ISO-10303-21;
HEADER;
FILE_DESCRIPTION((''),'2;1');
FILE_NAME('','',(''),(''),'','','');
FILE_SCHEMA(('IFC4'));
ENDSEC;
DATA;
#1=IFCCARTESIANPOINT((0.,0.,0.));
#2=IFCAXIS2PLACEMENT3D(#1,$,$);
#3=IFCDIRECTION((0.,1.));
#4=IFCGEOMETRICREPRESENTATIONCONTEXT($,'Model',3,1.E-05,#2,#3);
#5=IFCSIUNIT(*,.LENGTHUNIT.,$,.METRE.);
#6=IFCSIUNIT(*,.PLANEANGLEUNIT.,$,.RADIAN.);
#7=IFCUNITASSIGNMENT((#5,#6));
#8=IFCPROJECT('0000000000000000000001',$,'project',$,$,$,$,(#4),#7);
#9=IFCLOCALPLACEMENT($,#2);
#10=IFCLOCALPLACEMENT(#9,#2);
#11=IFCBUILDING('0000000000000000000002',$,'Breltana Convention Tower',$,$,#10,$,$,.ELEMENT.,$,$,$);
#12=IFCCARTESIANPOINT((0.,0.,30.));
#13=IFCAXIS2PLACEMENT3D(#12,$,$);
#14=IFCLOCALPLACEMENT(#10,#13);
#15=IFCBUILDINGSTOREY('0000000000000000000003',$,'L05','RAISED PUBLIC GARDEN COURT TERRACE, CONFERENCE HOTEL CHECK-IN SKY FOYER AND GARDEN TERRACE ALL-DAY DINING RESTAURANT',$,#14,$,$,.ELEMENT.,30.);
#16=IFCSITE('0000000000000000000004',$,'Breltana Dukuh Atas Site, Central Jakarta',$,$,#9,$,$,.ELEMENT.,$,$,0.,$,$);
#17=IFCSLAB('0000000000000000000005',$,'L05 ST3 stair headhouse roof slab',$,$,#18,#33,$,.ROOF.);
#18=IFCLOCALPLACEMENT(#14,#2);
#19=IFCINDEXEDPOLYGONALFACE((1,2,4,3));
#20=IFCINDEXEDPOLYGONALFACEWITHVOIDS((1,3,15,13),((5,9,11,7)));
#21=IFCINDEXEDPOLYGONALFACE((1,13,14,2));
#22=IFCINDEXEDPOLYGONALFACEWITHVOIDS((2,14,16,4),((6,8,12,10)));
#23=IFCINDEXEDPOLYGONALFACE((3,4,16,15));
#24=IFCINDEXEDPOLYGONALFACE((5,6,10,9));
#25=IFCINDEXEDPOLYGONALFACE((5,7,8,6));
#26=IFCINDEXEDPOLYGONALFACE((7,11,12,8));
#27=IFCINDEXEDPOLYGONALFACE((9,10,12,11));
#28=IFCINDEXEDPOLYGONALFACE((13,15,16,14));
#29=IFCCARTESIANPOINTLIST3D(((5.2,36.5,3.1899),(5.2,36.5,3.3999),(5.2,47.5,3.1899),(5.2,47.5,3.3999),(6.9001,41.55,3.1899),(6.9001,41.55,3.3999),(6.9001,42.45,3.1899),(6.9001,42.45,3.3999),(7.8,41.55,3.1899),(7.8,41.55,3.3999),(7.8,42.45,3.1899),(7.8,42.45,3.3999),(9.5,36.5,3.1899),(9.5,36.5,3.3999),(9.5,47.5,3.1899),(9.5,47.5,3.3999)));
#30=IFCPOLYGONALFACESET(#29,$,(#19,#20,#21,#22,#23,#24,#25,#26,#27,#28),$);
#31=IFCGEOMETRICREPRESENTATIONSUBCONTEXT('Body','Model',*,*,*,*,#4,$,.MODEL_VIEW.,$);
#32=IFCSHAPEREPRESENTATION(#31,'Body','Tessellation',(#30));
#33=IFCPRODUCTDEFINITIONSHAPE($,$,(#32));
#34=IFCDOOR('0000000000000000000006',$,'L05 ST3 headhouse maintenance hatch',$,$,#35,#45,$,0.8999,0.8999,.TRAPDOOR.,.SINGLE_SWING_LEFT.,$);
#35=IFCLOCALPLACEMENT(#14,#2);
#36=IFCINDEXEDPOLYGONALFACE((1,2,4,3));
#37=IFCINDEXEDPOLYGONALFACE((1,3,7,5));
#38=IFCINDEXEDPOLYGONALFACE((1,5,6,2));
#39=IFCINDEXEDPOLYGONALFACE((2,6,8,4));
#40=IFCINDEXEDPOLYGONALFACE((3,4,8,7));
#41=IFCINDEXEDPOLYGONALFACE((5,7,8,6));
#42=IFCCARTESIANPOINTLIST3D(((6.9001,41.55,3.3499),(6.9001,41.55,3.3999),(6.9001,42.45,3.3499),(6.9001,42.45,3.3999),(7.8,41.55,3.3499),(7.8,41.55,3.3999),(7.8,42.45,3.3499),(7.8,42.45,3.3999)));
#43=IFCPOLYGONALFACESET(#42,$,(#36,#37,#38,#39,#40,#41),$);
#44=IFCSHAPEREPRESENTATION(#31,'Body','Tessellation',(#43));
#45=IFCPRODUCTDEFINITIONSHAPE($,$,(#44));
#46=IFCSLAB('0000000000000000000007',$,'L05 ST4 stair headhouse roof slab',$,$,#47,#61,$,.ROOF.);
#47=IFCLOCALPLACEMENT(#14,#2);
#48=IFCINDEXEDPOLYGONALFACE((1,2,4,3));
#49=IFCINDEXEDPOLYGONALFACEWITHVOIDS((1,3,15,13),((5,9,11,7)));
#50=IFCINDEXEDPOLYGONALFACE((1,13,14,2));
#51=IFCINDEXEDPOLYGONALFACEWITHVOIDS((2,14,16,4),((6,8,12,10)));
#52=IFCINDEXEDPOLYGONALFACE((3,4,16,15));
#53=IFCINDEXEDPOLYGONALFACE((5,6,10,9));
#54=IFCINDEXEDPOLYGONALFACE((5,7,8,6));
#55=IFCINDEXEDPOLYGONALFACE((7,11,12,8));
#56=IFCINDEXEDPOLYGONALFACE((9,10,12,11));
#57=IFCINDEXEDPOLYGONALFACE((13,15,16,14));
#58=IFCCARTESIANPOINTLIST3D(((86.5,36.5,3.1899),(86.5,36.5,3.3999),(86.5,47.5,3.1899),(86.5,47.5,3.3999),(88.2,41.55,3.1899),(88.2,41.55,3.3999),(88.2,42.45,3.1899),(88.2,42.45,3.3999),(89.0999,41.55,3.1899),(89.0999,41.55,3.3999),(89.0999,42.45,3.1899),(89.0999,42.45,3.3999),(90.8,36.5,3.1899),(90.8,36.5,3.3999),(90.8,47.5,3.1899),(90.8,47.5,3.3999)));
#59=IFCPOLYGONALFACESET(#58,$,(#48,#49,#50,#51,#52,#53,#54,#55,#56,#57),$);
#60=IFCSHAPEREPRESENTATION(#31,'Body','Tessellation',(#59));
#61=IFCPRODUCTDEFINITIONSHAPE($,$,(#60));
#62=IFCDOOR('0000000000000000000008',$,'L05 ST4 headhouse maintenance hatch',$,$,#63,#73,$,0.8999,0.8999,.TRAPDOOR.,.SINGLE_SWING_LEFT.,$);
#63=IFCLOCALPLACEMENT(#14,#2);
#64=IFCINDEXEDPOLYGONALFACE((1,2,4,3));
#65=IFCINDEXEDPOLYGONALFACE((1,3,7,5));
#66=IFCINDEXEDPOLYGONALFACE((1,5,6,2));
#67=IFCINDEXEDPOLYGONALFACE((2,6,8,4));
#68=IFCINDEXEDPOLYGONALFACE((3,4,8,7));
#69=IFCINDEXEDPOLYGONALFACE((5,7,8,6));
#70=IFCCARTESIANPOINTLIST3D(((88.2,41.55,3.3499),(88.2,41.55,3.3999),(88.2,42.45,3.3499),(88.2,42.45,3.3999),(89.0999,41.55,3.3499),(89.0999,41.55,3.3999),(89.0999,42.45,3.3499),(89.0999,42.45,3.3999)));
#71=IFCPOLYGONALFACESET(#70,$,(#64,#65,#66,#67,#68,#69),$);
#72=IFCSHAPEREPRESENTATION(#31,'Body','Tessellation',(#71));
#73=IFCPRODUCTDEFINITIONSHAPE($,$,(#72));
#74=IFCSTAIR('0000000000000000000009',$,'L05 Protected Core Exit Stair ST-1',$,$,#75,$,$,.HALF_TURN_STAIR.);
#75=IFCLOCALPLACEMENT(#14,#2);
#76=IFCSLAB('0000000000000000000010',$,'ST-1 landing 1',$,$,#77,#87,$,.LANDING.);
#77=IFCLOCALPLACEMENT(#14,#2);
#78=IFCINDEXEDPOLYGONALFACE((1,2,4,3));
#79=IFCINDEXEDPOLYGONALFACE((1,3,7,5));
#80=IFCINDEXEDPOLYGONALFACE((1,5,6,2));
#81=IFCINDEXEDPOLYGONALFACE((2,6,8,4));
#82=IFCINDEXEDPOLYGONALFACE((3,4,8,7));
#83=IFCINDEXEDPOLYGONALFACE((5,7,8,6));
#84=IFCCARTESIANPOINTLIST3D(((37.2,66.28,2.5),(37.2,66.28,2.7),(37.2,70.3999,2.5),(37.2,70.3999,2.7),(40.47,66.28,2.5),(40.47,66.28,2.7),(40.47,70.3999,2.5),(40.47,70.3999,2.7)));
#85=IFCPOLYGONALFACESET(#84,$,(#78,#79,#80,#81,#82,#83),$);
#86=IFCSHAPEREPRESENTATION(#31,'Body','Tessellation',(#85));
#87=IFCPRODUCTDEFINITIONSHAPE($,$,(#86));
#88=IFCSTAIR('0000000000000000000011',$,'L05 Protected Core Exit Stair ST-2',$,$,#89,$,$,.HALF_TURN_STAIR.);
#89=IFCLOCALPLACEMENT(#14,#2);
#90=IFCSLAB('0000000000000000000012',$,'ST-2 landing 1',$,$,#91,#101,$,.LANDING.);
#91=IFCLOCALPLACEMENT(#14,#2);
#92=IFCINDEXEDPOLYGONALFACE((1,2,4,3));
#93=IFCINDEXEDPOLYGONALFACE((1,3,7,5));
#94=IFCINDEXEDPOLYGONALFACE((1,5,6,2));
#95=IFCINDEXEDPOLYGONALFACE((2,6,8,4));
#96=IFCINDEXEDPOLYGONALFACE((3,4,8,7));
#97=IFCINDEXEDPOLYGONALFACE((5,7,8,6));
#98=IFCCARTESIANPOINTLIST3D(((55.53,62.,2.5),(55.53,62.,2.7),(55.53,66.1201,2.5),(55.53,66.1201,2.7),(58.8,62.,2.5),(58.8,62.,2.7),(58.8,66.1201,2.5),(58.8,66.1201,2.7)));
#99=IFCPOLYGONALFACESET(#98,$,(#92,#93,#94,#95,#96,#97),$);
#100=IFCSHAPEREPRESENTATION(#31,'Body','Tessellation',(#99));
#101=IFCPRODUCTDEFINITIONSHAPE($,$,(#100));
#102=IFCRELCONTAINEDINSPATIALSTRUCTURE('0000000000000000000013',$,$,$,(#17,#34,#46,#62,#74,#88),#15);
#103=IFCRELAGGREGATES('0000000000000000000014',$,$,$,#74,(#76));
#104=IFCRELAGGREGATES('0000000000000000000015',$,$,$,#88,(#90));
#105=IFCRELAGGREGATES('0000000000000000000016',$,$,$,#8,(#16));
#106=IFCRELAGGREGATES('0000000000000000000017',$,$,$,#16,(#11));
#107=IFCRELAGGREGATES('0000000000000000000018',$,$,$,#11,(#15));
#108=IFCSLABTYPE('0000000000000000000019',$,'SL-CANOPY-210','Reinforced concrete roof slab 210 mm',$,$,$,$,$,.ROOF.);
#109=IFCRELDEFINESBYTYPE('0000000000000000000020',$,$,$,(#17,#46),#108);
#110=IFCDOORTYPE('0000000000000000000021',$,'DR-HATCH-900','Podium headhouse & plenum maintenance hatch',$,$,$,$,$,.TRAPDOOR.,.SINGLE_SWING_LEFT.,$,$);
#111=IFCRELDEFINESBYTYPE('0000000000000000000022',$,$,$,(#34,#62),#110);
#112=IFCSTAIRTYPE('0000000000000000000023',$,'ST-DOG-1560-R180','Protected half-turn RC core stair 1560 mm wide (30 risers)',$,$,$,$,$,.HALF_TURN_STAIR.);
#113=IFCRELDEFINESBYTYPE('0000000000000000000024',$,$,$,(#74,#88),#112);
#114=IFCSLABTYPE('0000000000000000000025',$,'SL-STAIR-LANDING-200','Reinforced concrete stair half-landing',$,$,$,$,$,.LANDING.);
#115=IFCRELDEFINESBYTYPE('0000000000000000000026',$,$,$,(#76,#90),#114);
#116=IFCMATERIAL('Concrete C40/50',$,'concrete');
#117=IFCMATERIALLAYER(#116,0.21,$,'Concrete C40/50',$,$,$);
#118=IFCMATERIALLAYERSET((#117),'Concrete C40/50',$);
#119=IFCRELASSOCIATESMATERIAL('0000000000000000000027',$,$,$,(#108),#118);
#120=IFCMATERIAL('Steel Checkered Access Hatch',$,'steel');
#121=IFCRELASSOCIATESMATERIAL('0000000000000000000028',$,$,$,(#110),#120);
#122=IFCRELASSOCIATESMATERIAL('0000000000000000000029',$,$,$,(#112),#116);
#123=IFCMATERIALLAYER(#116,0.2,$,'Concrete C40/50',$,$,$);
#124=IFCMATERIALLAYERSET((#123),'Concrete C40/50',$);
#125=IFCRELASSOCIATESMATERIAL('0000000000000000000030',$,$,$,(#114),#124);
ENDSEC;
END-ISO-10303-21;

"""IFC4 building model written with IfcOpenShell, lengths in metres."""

from ifc_helpers import new_model, si_unit, direction, frame, origin, origin_2d, place, context, subcontext, project, spatial, polyline, rectangle, outline, extrude, material, layer, layer_set, type_object, element, fill, aggregate, save


model = new_model("IFC4")

# Units and contexts
model_context = context("Model", 3, precision=1e-05, world=origin(), true_north=direction((0.0, 1.0)))
body_context = subcontext(model_context, "Body", "Model", "MODEL_VIEW")
ifc_project = project(units=[si_unit("LENGTHUNIT", "METRE"), si_unit("PLANEANGLEUNIT", "RADIAN")], contexts=[model_context])

# Site, building, storey
site_placement = place(None, origin())
site = spatial("IfcSite", under=ifc_project, at=site_placement, Name="Breltana Dukuh Atas Site, Central Jakarta", CompositionType="ELEMENT", RefElevation=0.0)
building_placement = place(site_placement, origin())
building = spatial("IfcBuilding", under=site, at=building_placement, Name="Breltana Convention Tower", CompositionType="ELEMENT")
storey_placement = place(building_placement, frame((0.0, 0.0, 30.0)))
storey = spatial("IfcBuildingStorey", under=building, at=storey_placement, Name="L05", Description="RAISED PUBLIC GARDEN COURT TERRACE, CONFERENCE HOTEL CHECK-IN SKY FOYER AND GARDEN TERRACE ALL-DAY DINING RESTAURANT", CompositionType="ELEMENT", Elevation=30.0)

# Slabs, openings, doors
ifc_material_1 = material(Name="Concrete C40/50", Category="concrete")
ifc_layer_1 = layer(ifc_material_1, 0.21, Name="Concrete C40/50")
ifc_layer_set_1 = layer_set([ifc_layer_1], Name="Concrete C40/50")
slab_type_1 = type_object("IfcSlabType", Name="SL-CANOPY-210", Description="Reinforced concrete roof slab 210 mm", PredefinedType="ROOF", material=ifc_layer_set_1)
slab_1_placement = place(storey_placement, frame((0.0, 0.0, 3.1899)))
slab_1 = element("IfcSlab", 1, at=slab_1_placement, inside=storey, type_object=slab_type_1, Name="L05 ST3 stair headhouse roof slab", PredefinedType="ROOF", context=body_context, shape_type="SweptSolid", body=[
    extrude(outline(polyline([(5.2, 36.5), (9.5, 36.5), (9.5, 47.5), (5.2, 47.5), (5.2, 36.5)])), origin(), (0.0, 0.0, 1.0), 0.21),
])
opening_1_placement = place(slab_1_placement, frame((7.3501, 42.0, -0.01)))
opening_1 = element("IfcOpeningElement", 2, at=opening_1_placement, cuts=slab_1, PredefinedType="OPENING", context=body_context, shape_type="SweptSolid", body=[
    extrude(rectangle(XDim=0.8999, YDim=0.8999, at=origin_2d()), origin(), (0.0, 0.0, 1.0), 0.23),
])
ifc_material_2 = material(Name="Steel Checkered Access Hatch", Category="steel")
door_type_1 = type_object("IfcDoorType", Name="DR-HATCH-900", Description="Podium headhouse & plenum maintenance hatch", OperationType="SINGLE_SWING_LEFT", PredefinedType="TRAPDOOR", material=ifc_material_2)
door_1_placement = place(slab_1_placement, frame((7.3501, 42.0, 0.1599)))
door_1 = element("IfcDoor", 3, at=door_1_placement, inside=storey, type_object=door_type_1, Name="L05 ST3 headhouse maintenance hatch", OperationType="SINGLE_SWING_LEFT", OverallHeight=0.8999, OverallWidth=0.8999, PredefinedType="TRAPDOOR", context=body_context, shape_type="SweptSolid", body=[
    extrude(rectangle(XDim=0.8999, YDim=0.8999, at=origin_2d()), origin(), (0.0, 0.0, 1.0), 0.05),
])
fill(opening_1, door_1)
slab_2_placement = place(storey_placement, frame((0.0, 0.0, 3.1899)))
slab_2 = element("IfcSlab", 4, at=slab_2_placement, inside=storey, type_object=slab_type_1, Name="L05 ST4 stair headhouse roof slab", PredefinedType="ROOF", context=body_context, shape_type="SweptSolid", body=[
    extrude(outline(polyline([(86.5, 36.5), (90.8, 36.5), (90.8, 47.5), (86.5, 47.5), (86.5, 36.5)])), origin(), (0.0, 0.0, 1.0), 0.21),
])
opening_2_placement = place(slab_2_placement, frame((88.6499, 42.0, -0.01)))
opening_2 = element("IfcOpeningElement", 5, at=opening_2_placement, cuts=slab_2, PredefinedType="OPENING", context=body_context, shape_type="SweptSolid", body=[
    extrude(rectangle(XDim=0.8999, YDim=0.8999, at=origin_2d()), origin(), (0.0, 0.0, 1.0), 0.23),
])
door_2_placement = place(slab_2_placement, frame((88.6499, 42.0, 0.1599)))
door_2 = element("IfcDoor", 6, at=door_2_placement, inside=storey, type_object=door_type_1, Name="L05 ST4 headhouse maintenance hatch", OperationType="SINGLE_SWING_LEFT", OverallHeight=0.8999, OverallWidth=0.8999, PredefinedType="TRAPDOOR", context=body_context, shape_type="SweptSolid", body=[
    extrude(rectangle(XDim=0.8999, YDim=0.8999, at=origin_2d()), origin(), (0.0, 0.0, 1.0), 0.05),
])
fill(opening_2, door_2)

# Stairs, slabs
stair_type = type_object("IfcStairType", Name="ST-DOG-1560-R180", Description="Protected half-turn RC core stair 1560 mm wide (30 risers)", PredefinedType="HALF_TURN_STAIR", material=ifc_material_1)
stair_1_placement = place(storey_placement, origin())
stair_1 = element("IfcStair", 7, at=stair_1_placement, inside=storey, type_object=stair_type, Name="L05 Protected Core Exit Stair ST-1", PredefinedType="HALF_TURN_STAIR")
ifc_layer_2 = layer(ifc_material_1, 0.2, Name="Concrete C40/50")
ifc_layer_set_2 = layer_set([ifc_layer_2], Name="Concrete C40/50")
slab_type_2 = type_object("IfcSlabType", Name="SL-STAIR-LANDING-200", Description="Reinforced concrete stair half-landing", PredefinedType="LANDING", material=ifc_layer_set_2)
slab_3_placement = place(storey_placement, frame((0.0, 0.0, 2.5)))
slab_3 = element("IfcSlab", 8, at=slab_3_placement, type_object=slab_type_2, Name="ST-1 landing 1", PredefinedType="LANDING", context=body_context, shape_type="SweptSolid", body=[
    extrude(outline(polyline([(40.47, 66.28), (40.47, 70.3999), (37.2, 70.3999), (37.2, 66.28), (40.47, 66.28)])), origin(), (0.0, 0.0, 1.0), 0.2),
])
aggregate(stair_1, [slab_3])
stair_2_placement = place(storey_placement, origin())
stair_2 = element("IfcStair", 9, at=stair_2_placement, inside=storey, type_object=stair_type, Name="L05 Protected Core Exit Stair ST-2", PredefinedType="HALF_TURN_STAIR")
slab_4_placement = place(storey_placement, frame((0.0, 0.0, 2.5)))
slab_4 = element("IfcSlab", 10, at=slab_4_placement, type_object=slab_type_2, Name="ST-2 landing 1", PredefinedType="LANDING", context=body_context, shape_type="SweptSolid", body=[
    extrude(outline(polyline([(55.53, 66.1201), (55.53, 62.0), (58.8, 62.0), (58.8, 66.1201), (55.53, 66.1201)])), origin(), (0.0, 0.0, 1.0), 0.2),
])
aggregate(stair_2, [slab_4])

save(model, "model.ifc")
